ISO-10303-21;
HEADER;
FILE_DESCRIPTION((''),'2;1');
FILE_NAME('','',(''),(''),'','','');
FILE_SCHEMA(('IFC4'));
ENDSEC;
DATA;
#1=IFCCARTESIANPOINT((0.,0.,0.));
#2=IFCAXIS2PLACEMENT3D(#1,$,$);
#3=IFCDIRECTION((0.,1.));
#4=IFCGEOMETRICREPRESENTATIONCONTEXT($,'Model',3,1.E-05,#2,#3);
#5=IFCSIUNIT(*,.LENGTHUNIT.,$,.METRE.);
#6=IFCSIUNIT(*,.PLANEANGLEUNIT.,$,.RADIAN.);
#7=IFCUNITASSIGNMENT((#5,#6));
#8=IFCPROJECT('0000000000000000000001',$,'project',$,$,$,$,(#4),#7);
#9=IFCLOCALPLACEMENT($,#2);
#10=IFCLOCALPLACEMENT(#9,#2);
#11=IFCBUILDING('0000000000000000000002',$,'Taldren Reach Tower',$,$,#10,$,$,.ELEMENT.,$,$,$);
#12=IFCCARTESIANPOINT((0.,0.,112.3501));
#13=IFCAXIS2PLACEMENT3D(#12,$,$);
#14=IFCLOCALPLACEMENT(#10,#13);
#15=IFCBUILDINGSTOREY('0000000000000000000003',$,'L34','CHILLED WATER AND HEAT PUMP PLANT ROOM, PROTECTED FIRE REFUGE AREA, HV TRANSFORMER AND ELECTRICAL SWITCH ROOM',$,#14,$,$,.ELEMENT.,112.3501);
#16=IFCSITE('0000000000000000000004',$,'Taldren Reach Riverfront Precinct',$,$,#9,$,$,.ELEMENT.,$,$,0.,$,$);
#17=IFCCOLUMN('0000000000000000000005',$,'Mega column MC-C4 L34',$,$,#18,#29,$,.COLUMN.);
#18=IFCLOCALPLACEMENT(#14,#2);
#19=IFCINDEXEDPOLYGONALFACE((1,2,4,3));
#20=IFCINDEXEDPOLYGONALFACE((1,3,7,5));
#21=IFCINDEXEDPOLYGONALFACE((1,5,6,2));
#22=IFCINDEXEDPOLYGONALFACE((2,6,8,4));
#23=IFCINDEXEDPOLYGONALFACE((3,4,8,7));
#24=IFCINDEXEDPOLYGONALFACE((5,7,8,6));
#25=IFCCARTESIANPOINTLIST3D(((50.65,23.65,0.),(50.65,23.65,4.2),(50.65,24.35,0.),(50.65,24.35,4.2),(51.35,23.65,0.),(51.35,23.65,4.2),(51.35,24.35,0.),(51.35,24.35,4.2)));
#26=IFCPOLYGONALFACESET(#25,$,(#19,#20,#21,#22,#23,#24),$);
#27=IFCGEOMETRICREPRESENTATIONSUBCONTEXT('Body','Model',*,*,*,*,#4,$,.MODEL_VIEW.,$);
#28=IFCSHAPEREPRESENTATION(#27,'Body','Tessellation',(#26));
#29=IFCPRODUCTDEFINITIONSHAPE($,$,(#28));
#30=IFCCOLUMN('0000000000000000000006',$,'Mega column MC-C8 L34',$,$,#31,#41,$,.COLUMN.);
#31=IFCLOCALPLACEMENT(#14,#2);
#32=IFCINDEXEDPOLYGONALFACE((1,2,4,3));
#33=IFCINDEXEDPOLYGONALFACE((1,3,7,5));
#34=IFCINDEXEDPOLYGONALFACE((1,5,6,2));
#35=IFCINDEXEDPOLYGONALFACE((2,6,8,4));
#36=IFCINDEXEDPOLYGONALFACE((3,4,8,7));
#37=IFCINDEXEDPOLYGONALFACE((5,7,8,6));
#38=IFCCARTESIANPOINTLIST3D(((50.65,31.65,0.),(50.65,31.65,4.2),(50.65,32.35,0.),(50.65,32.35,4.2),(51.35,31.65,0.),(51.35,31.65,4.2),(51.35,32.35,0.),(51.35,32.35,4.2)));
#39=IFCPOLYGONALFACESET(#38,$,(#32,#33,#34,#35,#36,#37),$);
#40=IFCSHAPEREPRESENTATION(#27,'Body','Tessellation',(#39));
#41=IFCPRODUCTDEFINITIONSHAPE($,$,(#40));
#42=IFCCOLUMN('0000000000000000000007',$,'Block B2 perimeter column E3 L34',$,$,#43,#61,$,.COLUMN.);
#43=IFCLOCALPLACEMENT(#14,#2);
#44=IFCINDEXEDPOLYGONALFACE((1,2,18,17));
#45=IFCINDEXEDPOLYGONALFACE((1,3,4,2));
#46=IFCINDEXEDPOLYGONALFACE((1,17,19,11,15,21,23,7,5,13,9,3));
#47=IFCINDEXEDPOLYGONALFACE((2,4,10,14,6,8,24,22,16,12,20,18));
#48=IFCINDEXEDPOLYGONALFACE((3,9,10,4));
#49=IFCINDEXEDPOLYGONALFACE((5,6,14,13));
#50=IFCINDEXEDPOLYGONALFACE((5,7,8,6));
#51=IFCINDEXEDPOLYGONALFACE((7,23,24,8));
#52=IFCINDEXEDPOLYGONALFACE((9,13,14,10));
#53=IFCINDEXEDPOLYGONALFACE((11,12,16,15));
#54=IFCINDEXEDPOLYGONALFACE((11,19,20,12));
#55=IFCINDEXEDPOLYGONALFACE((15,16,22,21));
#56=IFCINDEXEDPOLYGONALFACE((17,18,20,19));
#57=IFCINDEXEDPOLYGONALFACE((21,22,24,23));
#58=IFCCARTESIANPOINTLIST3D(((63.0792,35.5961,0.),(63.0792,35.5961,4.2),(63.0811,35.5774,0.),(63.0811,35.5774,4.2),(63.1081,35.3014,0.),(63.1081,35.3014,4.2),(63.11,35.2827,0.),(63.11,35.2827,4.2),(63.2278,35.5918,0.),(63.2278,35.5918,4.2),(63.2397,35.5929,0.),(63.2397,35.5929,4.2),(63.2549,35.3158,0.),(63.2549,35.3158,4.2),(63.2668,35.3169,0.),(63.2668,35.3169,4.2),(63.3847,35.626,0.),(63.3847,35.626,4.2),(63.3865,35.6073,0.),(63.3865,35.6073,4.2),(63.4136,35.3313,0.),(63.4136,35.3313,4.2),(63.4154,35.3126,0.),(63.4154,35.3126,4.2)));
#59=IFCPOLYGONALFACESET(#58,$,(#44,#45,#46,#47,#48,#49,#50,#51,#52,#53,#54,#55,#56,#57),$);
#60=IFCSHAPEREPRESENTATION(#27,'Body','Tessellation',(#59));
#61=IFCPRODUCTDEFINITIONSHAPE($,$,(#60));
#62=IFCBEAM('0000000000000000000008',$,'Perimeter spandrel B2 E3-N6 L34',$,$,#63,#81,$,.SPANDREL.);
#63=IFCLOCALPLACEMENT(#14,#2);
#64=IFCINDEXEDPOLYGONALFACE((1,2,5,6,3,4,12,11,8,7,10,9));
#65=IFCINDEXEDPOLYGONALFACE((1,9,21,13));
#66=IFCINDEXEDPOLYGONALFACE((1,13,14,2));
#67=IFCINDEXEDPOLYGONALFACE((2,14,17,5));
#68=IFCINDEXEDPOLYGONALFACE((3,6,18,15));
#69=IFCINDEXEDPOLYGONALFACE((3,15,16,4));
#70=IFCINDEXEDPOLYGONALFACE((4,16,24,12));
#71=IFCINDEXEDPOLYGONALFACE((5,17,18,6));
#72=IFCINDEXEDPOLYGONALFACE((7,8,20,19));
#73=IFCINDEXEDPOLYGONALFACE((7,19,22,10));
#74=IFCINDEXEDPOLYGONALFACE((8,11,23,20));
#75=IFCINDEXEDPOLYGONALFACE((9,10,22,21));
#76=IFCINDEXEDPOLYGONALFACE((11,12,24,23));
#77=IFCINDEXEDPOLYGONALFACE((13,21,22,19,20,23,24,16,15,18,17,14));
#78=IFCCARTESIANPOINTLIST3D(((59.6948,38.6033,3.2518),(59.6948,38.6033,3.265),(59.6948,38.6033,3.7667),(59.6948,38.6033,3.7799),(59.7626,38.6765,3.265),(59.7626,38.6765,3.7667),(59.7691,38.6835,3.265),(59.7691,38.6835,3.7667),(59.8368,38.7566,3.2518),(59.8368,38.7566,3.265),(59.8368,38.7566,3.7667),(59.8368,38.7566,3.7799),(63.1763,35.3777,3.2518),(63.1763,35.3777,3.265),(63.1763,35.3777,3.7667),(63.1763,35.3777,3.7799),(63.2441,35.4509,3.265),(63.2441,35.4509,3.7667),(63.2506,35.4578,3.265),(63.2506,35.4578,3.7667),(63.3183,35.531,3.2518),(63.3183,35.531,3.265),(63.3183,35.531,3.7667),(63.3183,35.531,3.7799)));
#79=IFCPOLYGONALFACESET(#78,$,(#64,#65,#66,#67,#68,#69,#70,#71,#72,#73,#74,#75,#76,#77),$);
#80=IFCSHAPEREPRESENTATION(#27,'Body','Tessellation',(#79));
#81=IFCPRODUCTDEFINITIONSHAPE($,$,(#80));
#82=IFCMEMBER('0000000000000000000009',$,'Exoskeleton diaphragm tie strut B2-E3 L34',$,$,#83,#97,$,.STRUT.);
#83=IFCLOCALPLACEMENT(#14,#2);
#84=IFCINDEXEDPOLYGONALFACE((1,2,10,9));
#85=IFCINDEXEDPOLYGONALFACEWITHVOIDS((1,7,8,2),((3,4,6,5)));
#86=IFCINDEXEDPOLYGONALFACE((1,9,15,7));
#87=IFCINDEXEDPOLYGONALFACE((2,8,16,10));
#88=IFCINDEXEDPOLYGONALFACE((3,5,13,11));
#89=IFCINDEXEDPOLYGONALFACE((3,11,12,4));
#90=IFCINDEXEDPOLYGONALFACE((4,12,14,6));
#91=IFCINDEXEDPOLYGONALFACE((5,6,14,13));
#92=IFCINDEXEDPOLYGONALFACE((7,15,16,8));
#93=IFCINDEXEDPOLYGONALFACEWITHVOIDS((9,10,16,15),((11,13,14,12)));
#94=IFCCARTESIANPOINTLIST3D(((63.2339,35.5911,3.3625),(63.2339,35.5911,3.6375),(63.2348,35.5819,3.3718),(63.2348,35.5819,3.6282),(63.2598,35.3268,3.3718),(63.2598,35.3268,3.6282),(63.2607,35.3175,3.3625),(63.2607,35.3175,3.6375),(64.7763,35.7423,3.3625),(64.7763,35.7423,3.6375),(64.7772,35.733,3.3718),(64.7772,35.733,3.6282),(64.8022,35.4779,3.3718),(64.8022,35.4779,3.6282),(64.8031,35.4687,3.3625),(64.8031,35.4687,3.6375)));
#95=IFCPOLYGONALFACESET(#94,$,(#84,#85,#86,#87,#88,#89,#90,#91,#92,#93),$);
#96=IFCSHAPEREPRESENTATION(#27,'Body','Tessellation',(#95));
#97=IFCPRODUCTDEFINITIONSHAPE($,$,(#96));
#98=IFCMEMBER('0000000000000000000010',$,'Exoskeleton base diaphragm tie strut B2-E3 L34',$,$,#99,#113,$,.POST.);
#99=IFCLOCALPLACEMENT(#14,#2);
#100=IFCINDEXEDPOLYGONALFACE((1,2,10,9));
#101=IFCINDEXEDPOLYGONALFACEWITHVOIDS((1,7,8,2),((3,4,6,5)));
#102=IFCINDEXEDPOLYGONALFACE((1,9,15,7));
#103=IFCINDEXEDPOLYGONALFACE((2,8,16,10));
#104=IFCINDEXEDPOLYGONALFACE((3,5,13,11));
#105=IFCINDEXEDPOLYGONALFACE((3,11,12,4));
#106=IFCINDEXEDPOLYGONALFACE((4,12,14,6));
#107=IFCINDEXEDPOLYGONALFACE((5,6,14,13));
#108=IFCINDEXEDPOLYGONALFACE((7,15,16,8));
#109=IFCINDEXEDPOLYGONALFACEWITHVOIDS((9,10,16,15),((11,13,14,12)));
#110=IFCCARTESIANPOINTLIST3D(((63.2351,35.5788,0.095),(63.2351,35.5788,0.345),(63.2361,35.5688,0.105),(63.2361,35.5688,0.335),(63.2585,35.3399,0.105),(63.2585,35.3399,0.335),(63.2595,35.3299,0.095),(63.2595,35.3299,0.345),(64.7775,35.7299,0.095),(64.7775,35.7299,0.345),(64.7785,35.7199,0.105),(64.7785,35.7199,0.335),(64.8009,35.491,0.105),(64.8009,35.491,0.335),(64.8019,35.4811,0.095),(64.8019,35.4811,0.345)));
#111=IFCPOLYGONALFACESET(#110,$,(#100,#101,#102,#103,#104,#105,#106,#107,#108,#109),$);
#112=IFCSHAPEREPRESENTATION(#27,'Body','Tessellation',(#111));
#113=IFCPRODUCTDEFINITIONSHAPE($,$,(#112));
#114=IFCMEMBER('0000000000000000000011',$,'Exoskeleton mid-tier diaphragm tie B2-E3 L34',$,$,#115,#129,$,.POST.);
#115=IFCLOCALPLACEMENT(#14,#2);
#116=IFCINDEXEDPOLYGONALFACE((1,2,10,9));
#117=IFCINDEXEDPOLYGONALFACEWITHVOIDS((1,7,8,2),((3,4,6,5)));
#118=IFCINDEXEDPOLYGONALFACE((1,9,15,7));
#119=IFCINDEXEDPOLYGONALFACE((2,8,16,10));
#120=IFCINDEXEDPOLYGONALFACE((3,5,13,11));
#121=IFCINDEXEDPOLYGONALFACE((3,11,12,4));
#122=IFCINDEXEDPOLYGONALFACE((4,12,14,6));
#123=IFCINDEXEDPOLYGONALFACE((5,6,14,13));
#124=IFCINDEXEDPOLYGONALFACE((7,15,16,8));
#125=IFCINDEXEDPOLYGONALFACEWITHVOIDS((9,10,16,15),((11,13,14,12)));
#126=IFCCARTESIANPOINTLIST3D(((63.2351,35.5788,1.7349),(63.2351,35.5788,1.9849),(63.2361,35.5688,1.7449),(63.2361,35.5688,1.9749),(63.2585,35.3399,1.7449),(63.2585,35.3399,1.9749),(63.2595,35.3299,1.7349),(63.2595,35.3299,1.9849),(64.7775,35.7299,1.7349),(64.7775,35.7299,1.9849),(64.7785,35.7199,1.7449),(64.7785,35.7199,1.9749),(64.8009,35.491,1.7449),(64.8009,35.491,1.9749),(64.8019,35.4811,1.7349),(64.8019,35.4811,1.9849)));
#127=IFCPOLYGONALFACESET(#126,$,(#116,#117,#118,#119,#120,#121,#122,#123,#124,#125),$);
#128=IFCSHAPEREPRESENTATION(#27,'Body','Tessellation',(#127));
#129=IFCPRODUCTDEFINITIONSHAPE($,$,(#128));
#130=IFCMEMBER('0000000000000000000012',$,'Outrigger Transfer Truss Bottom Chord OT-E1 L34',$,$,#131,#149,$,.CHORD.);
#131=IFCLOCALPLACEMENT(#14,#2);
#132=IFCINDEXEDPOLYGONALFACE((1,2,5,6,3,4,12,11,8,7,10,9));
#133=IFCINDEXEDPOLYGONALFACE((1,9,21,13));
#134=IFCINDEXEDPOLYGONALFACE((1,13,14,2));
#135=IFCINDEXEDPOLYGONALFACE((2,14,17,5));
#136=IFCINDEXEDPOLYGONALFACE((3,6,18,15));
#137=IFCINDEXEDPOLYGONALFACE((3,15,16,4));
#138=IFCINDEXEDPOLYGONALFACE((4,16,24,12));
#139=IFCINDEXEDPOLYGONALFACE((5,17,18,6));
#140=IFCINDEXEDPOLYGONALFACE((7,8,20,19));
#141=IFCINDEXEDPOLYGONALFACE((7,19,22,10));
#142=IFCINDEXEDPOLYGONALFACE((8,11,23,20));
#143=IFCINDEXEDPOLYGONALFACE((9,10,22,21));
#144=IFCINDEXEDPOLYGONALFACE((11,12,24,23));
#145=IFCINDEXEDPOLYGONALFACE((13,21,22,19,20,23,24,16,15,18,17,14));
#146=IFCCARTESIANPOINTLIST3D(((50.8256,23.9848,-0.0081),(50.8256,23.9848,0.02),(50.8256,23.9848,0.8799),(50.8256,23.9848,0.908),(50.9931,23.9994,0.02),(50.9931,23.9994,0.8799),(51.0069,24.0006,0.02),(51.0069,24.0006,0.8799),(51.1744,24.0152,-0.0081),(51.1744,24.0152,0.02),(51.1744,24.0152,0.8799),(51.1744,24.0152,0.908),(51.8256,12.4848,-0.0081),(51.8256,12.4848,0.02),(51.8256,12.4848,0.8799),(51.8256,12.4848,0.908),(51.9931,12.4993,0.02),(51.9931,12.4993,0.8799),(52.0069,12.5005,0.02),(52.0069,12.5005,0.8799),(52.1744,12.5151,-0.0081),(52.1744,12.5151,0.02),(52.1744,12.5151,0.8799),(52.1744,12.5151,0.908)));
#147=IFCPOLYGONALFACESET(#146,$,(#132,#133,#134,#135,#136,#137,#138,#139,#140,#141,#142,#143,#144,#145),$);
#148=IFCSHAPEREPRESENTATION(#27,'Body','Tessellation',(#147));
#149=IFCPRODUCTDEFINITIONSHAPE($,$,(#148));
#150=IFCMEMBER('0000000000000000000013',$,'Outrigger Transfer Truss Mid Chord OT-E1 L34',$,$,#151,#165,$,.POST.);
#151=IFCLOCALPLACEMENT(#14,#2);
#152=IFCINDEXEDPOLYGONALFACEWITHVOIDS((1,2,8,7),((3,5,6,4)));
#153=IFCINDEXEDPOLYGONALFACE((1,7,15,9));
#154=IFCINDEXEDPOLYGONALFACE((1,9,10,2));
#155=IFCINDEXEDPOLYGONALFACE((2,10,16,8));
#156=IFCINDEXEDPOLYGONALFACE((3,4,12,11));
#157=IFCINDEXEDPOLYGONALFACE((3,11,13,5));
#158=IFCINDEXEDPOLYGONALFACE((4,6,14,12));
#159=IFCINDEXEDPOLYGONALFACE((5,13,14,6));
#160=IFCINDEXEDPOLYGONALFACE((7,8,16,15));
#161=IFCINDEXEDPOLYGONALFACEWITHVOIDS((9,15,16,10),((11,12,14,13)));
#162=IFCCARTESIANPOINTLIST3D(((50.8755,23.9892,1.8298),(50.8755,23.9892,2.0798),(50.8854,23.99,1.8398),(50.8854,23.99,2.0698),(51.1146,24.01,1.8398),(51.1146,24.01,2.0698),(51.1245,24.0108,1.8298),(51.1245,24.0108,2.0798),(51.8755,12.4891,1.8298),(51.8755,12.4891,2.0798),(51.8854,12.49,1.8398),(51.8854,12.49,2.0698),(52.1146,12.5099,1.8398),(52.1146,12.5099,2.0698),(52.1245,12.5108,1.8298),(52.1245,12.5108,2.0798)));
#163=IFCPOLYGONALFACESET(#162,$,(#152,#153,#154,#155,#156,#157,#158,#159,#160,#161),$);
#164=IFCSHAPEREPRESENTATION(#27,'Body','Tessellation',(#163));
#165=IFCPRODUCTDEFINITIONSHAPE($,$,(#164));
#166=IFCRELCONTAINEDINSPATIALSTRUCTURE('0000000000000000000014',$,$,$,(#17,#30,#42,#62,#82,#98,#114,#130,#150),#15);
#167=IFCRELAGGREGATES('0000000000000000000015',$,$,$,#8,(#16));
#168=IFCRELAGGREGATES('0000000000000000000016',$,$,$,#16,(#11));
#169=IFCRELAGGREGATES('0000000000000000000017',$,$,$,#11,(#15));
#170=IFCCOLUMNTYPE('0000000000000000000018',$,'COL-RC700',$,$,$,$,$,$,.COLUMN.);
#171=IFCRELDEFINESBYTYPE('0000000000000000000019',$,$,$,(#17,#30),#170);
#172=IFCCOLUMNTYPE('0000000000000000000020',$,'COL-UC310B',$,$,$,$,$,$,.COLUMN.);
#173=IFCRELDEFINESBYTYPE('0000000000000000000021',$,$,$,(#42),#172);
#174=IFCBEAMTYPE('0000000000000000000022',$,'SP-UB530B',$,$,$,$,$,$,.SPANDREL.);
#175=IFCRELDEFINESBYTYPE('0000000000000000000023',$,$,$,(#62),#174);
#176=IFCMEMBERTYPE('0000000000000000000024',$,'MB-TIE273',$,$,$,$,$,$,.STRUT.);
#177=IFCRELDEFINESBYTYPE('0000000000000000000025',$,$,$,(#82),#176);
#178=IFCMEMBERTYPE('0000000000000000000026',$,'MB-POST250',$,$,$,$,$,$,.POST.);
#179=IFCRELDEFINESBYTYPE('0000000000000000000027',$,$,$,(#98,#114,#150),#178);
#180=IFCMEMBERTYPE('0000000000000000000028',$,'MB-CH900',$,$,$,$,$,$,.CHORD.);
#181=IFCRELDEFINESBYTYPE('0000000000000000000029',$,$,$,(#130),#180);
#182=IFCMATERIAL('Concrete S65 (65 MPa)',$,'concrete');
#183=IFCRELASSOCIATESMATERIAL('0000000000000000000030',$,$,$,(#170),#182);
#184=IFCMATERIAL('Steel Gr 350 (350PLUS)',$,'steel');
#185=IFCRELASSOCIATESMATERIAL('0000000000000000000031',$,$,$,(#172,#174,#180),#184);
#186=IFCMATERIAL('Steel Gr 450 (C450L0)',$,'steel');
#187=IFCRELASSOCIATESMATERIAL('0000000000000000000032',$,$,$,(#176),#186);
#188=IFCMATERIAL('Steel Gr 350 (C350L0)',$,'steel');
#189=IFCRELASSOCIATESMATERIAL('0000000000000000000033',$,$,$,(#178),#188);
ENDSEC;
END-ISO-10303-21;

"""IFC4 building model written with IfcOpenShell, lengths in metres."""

from ifc_helpers import new_model, si_unit, direction, frame, origin, origin_2d, place, context, subcontext, project, spatial, rectangle, hollow_rectangle, i_section, extrude, source, transform, mapped, material, material_profile, profile_set, type_object, element, save


model = new_model("IFC4")

# Units and contexts
model_context = context("Model", 3, precision=1e-05, world=origin(), true_north=direction((0.0, 1.0)))
body_context = subcontext(model_context, "Body", "Model", "MODEL_VIEW")
ifc_project = project(units=[si_unit("LENGTHUNIT", "METRE"), si_unit("PLANEANGLEUNIT", "RADIAN")], contexts=[model_context])

# Site, building, storey
site_placement = place(None, origin())
site = spatial("IfcSite", under=ifc_project, at=site_placement, Name="Taldren Reach Riverfront Precinct", CompositionType="ELEMENT", RefElevation=0.0)
building_placement = place(site_placement, origin())
building = spatial("IfcBuilding", under=site, at=building_placement, Name="Taldren Reach Tower", CompositionType="ELEMENT")
storey_placement = place(building_placement, frame((0.0, 0.0, 112.3501)))
storey = spatial("IfcBuildingStorey", under=building, at=storey_placement, Name="L34", Description="CHILLED WATER AND HEAT PUMP PLANT ROOM, PROTECTED FIRE REFUGE AREA, HV TRANSFORMER AND ELECTRICAL SWITCH ROOM", CompositionType="ELEMENT", Elevation=112.3501)

# Columns
ifc_material_1 = material(Name="Concrete S65 (65 MPa)", Category="concrete")
ifc_material_profile_1 = material_profile(ifc_material_1, rectangle(XDim=0.7, YDim=0.7, at=origin_2d()), Name="RC-700x700")
ifc_profile_set_1 = profile_set([ifc_material_profile_1], Name="Concrete S65 (65 MPa)")
column_type_1 = type_object("IfcColumnType", Name="COL-RC700", PredefinedType="COLUMN", material=ifc_profile_set_1)
shared_shape_1 = source(origin(), body_context, "Body", "SweptSolid", [
    extrude(rectangle(XDim=0.7, YDim=0.7, at=origin_2d()), origin(), (0.0, 0.0, 1.0), 4.2),
])
for number, where, z_axis, x_axis, name in (
    (1, (51.0, 24.0, 0.0), (0.0, 0.0, 1.0), (1.0, 0.0, 0.0), "Mega column MC-C4 L34"),
    (2, (51.0, 32.0, 0.0), (0.0, 0.0, 1.0), (1.0, 0.0, 0.0), "Mega column MC-C8 L34"),
):
    element("IfcColumn", number, at=place(storey_placement, frame(where, z_axis=z_axis, x_axis=x_axis)), inside=storey, type_object=column_type_1, Name=name, PredefinedType="COLUMN", context=body_context, shape_type="MappedRepresentation", body=[
        mapped(shared_shape_1, transform((0.0, 0.0, 0.0), scale=1.0)),
    ])
ifc_material_2 = material(Name="Steel Gr 350 (350PLUS)", Category="steel")
ifc_material_profile_2 = material_profile(ifc_material_2, i_section(OverallWidth=0.3069, OverallDepth=0.3149, WebThickness=0.012, FlangeThickness=0.0188, at=origin_2d()), Name="310UC118")
ifc_profile_set_2 = profile_set([ifc_material_profile_2], Name="Steel Gr 350 (350PLUS)")
column_type_2 = type_object("IfcColumnType", Name="COL-UC310B", PredefinedType="COLUMN", material=ifc_profile_set_2)
shared_shape_2 = source(origin(), body_context, "Body", "SweptSolid", [
    extrude(i_section(OverallWidth=0.3069, OverallDepth=0.3149, WebThickness=0.012, FlangeThickness=0.0188, at=origin_2d()), origin(), (0.0, 0.0, 1.0), 4.2),
])
column_placement = place(storey_placement, frame((63.2473, 35.4543, 0.0), z_axis=(0.0, 0.0, 1.0), x_axis=(0.995227, 0.097583, 0.0)))
element("IfcColumn", 3, at=column_placement, inside=storey, type_object=column_type_2, Name="Block B2 perimeter column E3 L34", PredefinedType="COLUMN", context=body_context, shape_type="MappedRepresentation", body=[
    mapped(shared_shape_2, transform((0.0, 0.0, 0.0), scale=1.0)),
])

# Beam
ifc_material_profile_3 = material_profile(ifc_material_2, i_section(OverallWidth=0.209, OverallDepth=0.5281, WebThickness=0.0095, FlangeThickness=0.0132, at=origin_2d()), Name="530UB82.0")
ifc_profile_set_3 = profile_set([ifc_material_profile_3], Name="Steel Gr 350 (350PLUS)")
beam_type_1 = type_object("IfcBeamType", Name="SP-UB530B", PredefinedType="SPANDREL", material=ifc_profile_set_3)
shared_shape_3 = source(origin(), body_context, "Body", "SweptSolid", [
    extrude(i_section(OverallWidth=0.209, OverallDepth=0.5281, WebThickness=0.0095, FlangeThickness=0.0132, at=origin_2d()), origin(), (0.0, 0.0, 1.0), 4.7461),
])
beam_1_placement = place(storey_placement, frame((63.2473, 35.4543, 3.5159), z_axis=(-0.733548, 0.679638, 0.0), x_axis=(-0.679638, -0.733548, 0.0)))
element("IfcBeam", 4, at=beam_1_placement, inside=storey, type_object=beam_type_1, Name="Perimeter spandrel B2 E3-N6 L34", PredefinedType="SPANDREL", context=body_context, shape_type="MappedRepresentation", body=[
    mapped(shared_shape_3, transform((0.0, 0.0, 0.0), scale=1.0)),
])

# Members
ifc_material_3 = material(Name="Steel Gr 450 (C450L0)", Category="steel")
ifc_material_profile_4 = material_profile(ifc_material_3, hollow_rectangle(XDim=0.2749, YDim=0.2749, WallThickness=0.0093, at=origin_2d()), Name="275x275x9.3SHS")
ifc_profile_set_4 = profile_set([ifc_material_profile_4], Name="Steel Gr 450 (C450L0)")
member_type_1 = type_object("IfcMemberType", Name="MB-TIE273", PredefinedType="STRUT", material=ifc_profile_set_4)
shared_shape_4 = source(origin(), body_context, "Body", "SweptSolid", [
    extrude(hollow_rectangle(XDim=0.2749, YDim=0.2749, WallThickness=0.0093, at=origin_2d()), origin(), (0.0, 0.0, 1.0), 1.5498),
])
member_1_placement = place(storey_placement, frame((63.2473, 35.4543, 3.5), z_axis=(0.995235, 0.097507, 0.0), x_axis=(-0.097507, 0.995235, 0.0)))
element("IfcMember", 5, at=member_1_placement, inside=storey, type_object=member_type_1, Name="Exoskeleton diaphragm tie strut B2-E3 L34", PredefinedType="STRUT", context=body_context, shape_type="MappedRepresentation", body=[
    mapped(shared_shape_4, transform((0.0, 0.0, 0.0), scale=1.0)),
])
ifc_material_4 = material(Name="Steel Gr 350 (C350L0)", Category="steel")
ifc_material_profile_5 = material_profile(ifc_material_4, hollow_rectangle(XDim=0.25, YDim=0.25, WallThickness=0.01, at=origin_2d()), Name="250x250x10.0SHS")
ifc_profile_set_5 = profile_set([ifc_material_profile_5], Name="Steel Gr 350 (C350L0)")
member_type_2 = type_object("IfcMemberType", Name="MB-POST250", PredefinedType="POST", material=ifc_profile_set_5)
shared_shape_5 = source(origin(), body_context, "Body", "SweptSolid", [
    extrude(hollow_rectangle(XDim=0.25, YDim=0.25, WallThickness=0.01, at=origin_2d()), origin(), (0.0, 0.0, 1.0), 1.5498),
])
for number, where, z_axis, x_axis, name in (
    (6, (63.2473, 35.4543, 0.22), (0.995235, 0.097507, 0.0), (-0.097507, 0.995235, 0.0), "Exoskeleton base diaphragm tie strut B2-E3 L34"),
    (7, (63.2473, 35.4543, 1.8599), (0.995235, 0.097507, 0.0), (-0.097507, 0.995235, 0.0), "Exoskeleton mid-tier diaphragm tie B2-E3 L34"),
):
    element("IfcMember", number, at=place(storey_placement, frame(where, z_axis=z_axis, x_axis=x_axis)), inside=storey, type_object=member_type_2, Name=name, PredefinedType="POST", context=body_context, shape_type="MappedRepresentation", body=[
        mapped(shared_shape_5, transform((0.0, 0.0, 0.0), scale=1.0)),
    ])
ifc_material_profile_6 = material_profile(ifc_material_2, i_section(OverallWidth=0.3501, OverallDepth=0.916, WebThickness=0.0139, FlangeThickness=0.0281, at=origin_2d()), Name="900WB257")
ifc_profile_set_6 = profile_set([ifc_material_profile_6], Name="Steel Gr 350 (350PLUS)")
member_type_3 = type_object("IfcMemberType", Name="MB-CH900", PredefinedType="CHORD", material=ifc_profile_set_6)
shared_shape_6 = source(origin(), body_context, "Body", "SweptSolid", [
    extrude(i_section(OverallWidth=0.3501, OverallDepth=0.916, WebThickness=0.0139, FlangeThickness=0.0281, at=origin_2d()), origin(), (0.0, 0.0, 1.0), 11.5435),
])
member_2_placement = place(storey_placement, frame((51.0, 24.0, 0.45), z_axis=(0.08663, -0.996241, 0.0), x_axis=(0.996241, 0.08663, 0.0)))
element("IfcMember", 8, at=member_2_placement, inside=storey, type_object=member_type_3, Name="Outrigger Transfer Truss Bottom Chord OT-E1 L34", PredefinedType="CHORD", context=body_context, shape_type="MappedRepresentation", body=[
    mapped(shared_shape_6, transform((0.0, 0.0, 0.0), scale=1.0)),
])
shared_shape_7 = source(origin(), body_context, "Body", "SweptSolid", [
    extrude(hollow_rectangle(XDim=0.25, YDim=0.25, WallThickness=0.01, at=origin_2d()), origin(), (0.0, 0.0, 1.0), 11.5435),
])
member_3_placement = place(storey_placement, frame((51.0, 24.0, 1.9548), z_axis=(0.08663, -0.996241, 0.0), x_axis=(0.996241, 0.08663, 0.0)))
element("IfcMember", 9, at=member_3_placement, inside=storey, type_object=member_type_2, Name="Outrigger Transfer Truss Mid Chord OT-E1 L34", PredefinedType="POST", context=body_context, shape_type="MappedRepresentation", body=[
    mapped(shared_shape_7, transform((0.0, 0.0, 0.0), scale=1.0)),
])

save(model, "model.ifc")
